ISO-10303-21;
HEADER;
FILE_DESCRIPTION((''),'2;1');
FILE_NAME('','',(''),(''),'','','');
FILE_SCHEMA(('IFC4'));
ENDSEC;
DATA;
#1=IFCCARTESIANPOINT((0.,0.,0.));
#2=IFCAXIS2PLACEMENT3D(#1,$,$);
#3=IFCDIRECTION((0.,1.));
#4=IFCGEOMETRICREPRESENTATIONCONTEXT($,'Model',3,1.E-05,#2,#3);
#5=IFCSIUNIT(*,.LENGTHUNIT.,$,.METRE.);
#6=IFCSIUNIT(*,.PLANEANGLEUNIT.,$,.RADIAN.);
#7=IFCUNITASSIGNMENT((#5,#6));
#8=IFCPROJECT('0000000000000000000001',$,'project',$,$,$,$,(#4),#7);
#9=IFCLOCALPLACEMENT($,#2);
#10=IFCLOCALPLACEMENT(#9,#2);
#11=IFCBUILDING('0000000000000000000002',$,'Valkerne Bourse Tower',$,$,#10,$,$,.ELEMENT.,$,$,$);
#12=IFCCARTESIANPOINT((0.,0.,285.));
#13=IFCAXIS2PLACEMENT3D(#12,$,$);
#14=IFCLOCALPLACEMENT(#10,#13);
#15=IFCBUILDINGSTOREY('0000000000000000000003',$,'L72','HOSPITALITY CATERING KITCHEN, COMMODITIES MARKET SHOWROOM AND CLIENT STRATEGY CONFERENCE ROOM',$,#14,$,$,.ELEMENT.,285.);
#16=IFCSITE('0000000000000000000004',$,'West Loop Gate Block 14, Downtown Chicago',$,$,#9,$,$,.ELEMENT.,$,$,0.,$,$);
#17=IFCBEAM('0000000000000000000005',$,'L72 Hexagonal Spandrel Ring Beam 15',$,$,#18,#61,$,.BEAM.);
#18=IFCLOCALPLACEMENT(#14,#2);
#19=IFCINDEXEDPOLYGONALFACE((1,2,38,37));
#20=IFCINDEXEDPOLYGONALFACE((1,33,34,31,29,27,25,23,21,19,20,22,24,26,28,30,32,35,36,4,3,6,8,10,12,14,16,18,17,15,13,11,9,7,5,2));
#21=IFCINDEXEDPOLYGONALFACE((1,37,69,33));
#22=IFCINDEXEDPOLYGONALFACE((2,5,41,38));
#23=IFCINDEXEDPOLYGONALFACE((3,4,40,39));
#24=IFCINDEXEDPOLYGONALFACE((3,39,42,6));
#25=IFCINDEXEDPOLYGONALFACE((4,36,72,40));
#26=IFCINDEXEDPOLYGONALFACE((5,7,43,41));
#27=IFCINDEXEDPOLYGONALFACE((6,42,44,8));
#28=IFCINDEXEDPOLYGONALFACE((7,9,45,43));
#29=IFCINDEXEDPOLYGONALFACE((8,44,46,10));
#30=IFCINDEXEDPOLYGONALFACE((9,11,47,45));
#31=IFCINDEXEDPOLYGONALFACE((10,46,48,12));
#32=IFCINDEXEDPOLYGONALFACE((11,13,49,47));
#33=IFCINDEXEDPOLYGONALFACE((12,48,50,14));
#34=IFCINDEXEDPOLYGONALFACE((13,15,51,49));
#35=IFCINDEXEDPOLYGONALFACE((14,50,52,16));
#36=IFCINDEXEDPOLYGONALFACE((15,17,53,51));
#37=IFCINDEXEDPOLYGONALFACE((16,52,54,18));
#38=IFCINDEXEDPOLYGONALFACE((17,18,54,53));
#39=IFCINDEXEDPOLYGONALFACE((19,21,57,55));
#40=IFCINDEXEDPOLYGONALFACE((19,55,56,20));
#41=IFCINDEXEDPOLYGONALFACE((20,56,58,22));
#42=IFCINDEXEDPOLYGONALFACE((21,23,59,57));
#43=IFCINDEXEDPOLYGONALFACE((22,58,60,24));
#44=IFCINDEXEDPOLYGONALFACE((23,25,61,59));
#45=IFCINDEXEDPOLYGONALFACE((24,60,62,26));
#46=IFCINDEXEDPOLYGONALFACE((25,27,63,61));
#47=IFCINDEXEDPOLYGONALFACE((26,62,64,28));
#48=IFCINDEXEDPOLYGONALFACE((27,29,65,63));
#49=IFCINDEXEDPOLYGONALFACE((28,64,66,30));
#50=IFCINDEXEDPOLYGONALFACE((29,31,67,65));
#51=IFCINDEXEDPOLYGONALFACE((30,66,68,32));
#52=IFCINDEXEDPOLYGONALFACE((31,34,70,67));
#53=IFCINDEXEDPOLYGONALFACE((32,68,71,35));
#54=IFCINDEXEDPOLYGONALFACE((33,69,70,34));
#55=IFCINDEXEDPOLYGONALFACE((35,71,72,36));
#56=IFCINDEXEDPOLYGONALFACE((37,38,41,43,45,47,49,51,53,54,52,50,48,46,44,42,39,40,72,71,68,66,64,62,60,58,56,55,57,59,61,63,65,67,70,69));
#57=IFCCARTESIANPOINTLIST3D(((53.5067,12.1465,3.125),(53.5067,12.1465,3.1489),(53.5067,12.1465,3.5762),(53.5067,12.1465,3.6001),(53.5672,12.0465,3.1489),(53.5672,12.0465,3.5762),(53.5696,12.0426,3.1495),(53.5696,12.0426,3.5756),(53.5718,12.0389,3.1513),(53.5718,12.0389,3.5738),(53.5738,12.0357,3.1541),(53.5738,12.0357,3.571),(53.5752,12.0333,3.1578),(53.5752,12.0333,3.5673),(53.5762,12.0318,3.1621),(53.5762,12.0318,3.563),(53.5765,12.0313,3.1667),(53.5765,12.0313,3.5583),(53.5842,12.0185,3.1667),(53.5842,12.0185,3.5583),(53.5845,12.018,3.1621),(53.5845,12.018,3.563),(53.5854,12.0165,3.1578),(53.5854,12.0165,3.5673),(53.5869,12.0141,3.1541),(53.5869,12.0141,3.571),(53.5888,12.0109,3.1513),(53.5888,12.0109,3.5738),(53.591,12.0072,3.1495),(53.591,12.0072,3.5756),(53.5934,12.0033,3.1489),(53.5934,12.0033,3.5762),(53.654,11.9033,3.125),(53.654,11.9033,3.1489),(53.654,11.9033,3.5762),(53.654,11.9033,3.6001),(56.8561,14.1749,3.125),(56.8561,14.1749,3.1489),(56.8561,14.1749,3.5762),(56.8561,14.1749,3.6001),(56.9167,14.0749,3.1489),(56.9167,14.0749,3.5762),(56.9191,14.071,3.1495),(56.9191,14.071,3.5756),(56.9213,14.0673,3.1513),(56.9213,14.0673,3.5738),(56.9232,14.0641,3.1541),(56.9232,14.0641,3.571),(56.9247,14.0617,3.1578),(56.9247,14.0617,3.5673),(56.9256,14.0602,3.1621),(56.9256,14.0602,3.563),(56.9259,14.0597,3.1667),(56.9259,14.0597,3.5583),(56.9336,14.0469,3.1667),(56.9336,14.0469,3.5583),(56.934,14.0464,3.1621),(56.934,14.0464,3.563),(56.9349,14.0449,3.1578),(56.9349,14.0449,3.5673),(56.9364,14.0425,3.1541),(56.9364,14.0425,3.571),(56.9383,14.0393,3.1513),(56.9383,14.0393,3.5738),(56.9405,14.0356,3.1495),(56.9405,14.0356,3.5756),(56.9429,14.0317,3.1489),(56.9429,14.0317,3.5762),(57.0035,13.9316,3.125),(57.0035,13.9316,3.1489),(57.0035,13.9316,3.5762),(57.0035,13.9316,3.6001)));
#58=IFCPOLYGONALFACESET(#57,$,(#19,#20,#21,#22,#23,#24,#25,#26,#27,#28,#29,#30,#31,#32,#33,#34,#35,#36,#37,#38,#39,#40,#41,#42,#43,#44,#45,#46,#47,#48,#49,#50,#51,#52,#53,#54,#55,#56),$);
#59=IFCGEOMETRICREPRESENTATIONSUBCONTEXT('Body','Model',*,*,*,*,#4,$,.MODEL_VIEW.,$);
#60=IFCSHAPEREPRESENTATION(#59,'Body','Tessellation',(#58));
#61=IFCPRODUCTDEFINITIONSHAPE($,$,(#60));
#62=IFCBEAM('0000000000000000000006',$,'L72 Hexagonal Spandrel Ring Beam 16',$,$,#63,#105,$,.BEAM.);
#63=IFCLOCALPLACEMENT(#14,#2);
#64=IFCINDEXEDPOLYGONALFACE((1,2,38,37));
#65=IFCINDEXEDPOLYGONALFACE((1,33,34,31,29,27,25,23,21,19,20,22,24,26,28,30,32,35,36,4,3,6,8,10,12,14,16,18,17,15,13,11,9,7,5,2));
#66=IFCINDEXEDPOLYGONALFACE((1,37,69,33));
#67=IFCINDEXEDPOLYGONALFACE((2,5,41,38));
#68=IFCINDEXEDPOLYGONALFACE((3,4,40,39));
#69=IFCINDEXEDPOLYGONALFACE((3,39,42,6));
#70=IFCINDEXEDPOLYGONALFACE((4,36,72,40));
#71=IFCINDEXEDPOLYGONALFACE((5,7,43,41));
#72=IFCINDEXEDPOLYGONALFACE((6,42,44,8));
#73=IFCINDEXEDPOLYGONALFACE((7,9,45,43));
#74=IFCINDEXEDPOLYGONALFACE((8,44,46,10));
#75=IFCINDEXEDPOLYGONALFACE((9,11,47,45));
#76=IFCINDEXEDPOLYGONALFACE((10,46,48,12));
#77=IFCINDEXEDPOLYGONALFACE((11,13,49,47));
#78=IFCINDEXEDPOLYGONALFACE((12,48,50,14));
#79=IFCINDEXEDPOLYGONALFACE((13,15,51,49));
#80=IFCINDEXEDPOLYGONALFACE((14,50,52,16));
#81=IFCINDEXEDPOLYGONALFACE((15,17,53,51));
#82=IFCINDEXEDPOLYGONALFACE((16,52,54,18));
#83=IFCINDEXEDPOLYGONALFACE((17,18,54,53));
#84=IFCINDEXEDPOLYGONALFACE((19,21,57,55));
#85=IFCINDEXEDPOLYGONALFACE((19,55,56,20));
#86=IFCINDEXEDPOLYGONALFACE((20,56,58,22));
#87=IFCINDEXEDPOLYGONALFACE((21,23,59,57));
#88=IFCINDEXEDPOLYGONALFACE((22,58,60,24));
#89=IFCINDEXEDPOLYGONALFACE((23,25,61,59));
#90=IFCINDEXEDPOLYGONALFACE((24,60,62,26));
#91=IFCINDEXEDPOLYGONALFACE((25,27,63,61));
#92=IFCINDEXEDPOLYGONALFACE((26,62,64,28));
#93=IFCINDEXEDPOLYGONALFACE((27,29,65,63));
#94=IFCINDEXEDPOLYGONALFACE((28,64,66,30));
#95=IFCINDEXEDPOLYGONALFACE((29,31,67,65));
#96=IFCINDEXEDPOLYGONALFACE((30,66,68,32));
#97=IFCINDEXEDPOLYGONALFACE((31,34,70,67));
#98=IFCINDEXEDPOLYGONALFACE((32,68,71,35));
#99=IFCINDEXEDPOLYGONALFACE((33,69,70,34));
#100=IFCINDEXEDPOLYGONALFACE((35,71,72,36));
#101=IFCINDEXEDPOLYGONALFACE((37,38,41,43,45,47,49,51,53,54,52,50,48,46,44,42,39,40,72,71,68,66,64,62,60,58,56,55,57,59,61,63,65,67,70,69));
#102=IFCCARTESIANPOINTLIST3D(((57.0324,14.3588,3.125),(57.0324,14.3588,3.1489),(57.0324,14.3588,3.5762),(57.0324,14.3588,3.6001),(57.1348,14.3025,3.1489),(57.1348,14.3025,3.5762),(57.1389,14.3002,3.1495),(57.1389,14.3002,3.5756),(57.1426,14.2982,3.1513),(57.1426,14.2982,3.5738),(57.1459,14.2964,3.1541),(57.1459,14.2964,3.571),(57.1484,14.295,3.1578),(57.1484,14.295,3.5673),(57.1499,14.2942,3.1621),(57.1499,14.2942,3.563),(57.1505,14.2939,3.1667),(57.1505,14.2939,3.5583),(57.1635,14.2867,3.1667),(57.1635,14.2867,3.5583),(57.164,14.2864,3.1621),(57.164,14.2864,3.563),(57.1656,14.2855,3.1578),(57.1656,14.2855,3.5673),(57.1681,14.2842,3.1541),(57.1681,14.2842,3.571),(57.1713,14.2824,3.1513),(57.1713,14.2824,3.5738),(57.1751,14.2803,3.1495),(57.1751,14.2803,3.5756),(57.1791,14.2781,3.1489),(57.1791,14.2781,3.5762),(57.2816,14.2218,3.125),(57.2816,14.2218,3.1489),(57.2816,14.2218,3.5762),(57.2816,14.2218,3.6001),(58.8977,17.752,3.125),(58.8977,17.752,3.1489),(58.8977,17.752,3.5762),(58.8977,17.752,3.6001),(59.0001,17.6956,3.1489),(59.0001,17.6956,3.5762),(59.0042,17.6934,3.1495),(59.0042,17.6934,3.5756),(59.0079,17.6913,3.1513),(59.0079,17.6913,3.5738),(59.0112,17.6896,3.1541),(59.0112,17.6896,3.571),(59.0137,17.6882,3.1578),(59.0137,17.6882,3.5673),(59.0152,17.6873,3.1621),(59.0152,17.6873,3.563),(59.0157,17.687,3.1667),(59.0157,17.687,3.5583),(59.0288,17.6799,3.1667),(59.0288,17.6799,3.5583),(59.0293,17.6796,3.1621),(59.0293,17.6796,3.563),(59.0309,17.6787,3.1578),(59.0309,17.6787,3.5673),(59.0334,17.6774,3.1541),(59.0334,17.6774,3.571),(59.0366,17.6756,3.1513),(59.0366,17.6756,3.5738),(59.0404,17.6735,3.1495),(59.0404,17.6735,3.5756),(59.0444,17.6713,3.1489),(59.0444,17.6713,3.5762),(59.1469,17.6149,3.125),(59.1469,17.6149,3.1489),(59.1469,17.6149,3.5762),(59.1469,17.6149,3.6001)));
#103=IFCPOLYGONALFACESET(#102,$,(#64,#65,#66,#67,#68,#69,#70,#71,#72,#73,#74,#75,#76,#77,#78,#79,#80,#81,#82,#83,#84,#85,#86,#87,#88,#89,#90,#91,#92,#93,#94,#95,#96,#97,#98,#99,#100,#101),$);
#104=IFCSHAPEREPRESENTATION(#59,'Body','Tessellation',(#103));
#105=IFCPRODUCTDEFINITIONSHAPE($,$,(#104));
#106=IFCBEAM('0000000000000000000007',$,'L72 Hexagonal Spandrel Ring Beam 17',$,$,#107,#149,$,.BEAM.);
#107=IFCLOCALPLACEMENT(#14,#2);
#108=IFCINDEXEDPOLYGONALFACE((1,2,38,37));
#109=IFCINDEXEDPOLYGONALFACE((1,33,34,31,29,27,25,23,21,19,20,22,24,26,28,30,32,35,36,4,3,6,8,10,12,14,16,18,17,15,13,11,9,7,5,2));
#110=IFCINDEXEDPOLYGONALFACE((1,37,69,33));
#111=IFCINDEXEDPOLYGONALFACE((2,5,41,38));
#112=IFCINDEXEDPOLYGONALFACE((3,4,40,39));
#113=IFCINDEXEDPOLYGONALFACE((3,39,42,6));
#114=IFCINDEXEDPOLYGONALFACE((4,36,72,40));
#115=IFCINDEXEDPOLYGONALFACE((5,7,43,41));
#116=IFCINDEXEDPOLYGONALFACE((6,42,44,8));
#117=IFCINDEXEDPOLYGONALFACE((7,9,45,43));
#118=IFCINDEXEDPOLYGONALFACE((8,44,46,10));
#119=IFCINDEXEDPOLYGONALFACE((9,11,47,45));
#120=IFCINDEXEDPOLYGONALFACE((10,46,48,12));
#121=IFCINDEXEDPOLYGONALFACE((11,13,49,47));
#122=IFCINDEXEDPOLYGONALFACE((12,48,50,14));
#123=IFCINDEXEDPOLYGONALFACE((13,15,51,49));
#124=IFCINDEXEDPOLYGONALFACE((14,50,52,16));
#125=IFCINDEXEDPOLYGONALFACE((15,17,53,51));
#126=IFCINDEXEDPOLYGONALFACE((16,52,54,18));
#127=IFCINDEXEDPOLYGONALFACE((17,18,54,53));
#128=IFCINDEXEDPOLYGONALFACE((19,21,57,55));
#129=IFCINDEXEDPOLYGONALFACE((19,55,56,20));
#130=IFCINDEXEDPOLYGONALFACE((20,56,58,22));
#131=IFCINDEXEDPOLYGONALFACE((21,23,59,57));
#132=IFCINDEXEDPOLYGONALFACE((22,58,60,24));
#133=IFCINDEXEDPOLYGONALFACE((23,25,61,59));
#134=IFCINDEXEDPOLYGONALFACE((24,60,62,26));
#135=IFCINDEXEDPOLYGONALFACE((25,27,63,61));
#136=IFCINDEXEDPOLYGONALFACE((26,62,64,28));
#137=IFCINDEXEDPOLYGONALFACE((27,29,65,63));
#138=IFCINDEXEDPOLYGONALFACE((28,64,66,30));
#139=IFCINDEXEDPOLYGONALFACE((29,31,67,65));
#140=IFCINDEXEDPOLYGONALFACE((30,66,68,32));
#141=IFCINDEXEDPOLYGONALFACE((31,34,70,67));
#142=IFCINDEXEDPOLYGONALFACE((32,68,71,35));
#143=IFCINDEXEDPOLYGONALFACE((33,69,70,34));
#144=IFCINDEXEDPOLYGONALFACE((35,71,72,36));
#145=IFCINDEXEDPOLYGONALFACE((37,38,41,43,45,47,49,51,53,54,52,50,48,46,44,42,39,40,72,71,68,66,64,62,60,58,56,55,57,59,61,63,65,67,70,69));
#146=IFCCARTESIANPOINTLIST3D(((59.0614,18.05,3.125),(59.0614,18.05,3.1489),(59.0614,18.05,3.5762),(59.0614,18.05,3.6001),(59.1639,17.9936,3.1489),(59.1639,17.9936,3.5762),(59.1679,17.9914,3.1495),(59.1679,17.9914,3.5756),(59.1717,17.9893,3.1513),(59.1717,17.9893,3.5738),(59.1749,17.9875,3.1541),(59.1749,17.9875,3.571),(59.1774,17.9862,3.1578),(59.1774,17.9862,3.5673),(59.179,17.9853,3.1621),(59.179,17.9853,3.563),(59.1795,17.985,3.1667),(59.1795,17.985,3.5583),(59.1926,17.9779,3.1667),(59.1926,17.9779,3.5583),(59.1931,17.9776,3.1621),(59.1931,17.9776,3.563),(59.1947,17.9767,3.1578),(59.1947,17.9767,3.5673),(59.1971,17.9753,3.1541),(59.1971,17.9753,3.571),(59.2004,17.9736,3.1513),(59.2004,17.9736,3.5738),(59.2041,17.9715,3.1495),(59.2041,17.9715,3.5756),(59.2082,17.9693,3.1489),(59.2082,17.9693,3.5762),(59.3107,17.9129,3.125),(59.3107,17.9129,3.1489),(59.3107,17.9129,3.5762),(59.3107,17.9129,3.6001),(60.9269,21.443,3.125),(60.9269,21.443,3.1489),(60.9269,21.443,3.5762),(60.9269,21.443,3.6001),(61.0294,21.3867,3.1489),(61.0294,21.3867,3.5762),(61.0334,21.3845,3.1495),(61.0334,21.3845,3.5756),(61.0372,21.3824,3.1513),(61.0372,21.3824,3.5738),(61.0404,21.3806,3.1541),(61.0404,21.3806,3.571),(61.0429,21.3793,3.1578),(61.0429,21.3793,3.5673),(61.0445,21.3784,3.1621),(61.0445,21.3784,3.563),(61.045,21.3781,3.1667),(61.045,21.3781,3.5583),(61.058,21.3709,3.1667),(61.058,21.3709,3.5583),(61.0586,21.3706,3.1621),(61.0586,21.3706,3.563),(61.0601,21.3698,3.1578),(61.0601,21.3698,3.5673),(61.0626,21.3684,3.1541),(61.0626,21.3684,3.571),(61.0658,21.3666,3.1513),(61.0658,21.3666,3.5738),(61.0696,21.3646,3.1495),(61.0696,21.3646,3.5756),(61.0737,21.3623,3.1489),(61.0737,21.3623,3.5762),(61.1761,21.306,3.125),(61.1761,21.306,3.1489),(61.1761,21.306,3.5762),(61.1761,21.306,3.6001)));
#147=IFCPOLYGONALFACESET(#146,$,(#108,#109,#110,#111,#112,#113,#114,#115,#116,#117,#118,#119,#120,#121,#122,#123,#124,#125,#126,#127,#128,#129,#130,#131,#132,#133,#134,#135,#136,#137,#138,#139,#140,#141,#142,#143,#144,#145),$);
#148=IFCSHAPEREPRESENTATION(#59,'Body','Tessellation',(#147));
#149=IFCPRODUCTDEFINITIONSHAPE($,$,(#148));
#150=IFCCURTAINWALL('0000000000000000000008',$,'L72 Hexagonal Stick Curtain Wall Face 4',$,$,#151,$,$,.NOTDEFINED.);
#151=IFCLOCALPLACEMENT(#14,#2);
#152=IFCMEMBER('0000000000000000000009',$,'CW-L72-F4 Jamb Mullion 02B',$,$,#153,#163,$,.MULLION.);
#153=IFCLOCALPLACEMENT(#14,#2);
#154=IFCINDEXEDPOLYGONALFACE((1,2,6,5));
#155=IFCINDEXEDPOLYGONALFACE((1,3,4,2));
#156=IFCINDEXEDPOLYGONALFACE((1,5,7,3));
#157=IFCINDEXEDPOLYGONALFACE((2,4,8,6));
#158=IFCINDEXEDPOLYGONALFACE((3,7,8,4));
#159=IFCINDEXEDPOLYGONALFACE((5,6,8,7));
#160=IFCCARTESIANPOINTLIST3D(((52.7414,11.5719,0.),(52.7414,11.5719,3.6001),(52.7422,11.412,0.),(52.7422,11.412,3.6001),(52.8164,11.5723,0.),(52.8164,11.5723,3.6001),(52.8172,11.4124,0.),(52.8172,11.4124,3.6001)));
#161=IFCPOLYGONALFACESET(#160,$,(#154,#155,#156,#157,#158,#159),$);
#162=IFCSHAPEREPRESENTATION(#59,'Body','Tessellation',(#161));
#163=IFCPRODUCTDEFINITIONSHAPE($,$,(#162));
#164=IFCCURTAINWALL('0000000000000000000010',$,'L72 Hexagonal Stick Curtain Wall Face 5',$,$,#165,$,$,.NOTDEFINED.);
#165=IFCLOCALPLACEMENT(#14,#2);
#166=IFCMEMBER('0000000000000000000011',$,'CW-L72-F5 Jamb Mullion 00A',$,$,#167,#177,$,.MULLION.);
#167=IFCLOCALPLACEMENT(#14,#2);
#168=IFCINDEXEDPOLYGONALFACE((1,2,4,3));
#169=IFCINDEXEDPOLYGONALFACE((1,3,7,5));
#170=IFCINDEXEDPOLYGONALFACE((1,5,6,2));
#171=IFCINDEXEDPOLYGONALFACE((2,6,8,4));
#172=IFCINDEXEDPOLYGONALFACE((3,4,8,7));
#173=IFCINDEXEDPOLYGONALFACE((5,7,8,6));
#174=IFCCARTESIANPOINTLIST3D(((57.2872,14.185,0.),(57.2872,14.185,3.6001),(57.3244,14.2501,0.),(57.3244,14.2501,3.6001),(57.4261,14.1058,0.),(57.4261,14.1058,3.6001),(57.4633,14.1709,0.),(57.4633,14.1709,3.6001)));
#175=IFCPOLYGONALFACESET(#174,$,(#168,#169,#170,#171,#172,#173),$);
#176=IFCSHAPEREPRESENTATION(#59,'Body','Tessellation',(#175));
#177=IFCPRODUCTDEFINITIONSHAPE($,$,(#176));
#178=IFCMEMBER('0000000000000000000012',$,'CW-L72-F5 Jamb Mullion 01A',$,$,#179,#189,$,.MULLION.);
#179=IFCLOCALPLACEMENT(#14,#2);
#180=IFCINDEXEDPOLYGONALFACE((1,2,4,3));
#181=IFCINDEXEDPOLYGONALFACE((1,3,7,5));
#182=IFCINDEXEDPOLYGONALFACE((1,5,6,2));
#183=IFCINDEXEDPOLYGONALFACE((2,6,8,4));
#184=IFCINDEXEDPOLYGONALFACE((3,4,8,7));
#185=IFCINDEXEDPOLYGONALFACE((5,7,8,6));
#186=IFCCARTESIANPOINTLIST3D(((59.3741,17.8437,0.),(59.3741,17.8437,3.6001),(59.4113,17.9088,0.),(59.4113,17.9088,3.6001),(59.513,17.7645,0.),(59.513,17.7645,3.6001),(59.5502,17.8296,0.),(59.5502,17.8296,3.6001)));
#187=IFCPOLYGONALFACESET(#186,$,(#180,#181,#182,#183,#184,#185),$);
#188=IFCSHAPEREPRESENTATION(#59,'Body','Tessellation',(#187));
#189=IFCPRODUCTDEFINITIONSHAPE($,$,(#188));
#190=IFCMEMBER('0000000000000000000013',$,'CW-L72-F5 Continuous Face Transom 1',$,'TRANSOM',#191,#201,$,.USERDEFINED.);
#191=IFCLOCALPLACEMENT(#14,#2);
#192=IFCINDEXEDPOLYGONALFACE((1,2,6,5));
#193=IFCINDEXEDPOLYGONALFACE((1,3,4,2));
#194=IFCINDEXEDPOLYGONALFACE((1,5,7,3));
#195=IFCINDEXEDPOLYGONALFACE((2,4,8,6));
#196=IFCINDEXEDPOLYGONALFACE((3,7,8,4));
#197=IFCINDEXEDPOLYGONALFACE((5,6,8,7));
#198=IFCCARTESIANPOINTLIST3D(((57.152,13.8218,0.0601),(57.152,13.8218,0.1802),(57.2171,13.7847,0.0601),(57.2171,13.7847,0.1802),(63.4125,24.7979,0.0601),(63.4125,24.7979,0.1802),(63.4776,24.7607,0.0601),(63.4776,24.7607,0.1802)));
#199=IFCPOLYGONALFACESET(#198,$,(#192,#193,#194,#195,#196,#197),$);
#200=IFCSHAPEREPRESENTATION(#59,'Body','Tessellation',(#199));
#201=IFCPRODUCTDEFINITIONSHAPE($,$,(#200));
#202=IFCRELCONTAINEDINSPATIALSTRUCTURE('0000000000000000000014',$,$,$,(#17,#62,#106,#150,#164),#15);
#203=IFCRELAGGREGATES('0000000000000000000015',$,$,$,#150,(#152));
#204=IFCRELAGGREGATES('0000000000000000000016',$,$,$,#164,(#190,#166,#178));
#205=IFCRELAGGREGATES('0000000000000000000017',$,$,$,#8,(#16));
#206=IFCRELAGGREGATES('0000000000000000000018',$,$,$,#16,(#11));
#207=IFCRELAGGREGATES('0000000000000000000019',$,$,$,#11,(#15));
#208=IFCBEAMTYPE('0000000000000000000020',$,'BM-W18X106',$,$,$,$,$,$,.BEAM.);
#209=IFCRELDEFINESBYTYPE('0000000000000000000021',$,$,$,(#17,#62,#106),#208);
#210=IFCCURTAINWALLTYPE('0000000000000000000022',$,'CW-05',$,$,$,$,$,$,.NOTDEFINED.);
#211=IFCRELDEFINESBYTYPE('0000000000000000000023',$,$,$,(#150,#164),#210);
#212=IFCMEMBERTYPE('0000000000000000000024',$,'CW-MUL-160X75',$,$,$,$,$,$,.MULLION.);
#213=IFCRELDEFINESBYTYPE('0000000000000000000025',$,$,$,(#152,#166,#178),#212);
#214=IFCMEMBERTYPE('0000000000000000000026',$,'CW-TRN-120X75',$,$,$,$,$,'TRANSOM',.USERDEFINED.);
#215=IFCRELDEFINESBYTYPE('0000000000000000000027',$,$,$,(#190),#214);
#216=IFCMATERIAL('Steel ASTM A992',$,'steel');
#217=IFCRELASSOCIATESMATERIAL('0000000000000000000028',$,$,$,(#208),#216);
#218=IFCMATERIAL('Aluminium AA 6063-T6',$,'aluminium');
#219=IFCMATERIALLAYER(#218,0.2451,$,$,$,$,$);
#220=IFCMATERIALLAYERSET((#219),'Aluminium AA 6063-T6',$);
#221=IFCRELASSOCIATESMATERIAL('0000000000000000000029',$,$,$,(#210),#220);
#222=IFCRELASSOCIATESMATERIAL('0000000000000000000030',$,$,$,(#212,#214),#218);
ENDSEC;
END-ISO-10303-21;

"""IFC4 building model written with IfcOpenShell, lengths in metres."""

from ifc_helpers import new_model, si_unit, direction, frame, origin, origin_2d, place, context, subcontext, project, spatial, rectangle, i_section, extrude, material, layer, layer_set, material_profile, profile_set, type_object, element, aggregate, save


model = new_model("IFC4")

# Units and contexts
model_context = context("Model", 3, precision=1e-05, world=origin(), true_north=direction((0.0, 1.0)))
body_context = subcontext(model_context, "Body", "Model", "MODEL_VIEW")
ifc_project = project(units=[si_unit("LENGTHUNIT", "METRE"), si_unit("PLANEANGLEUNIT", "RADIAN")], contexts=[model_context])

# Site, building, storey
site_placement = place(None, origin())
site = spatial("IfcSite", under=ifc_project, at=site_placement, Name="West Loop Gate Block 14, Downtown Chicago", CompositionType="ELEMENT", RefElevation=0.0)
building_placement = place(site_placement, origin())
building = spatial("IfcBuilding", under=site, at=building_placement, Name="Valkerne Bourse Tower", CompositionType="ELEMENT")
storey_placement = place(building_placement, frame((0.0, 0.0, 285.0)))
storey = spatial("IfcBuildingStorey", under=building, at=storey_placement, Name="L72", Description="HOSPITALITY CATERING KITCHEN, COMMODITIES MARKET SHOWROOM AND CLIENT STRATEGY CONFERENCE ROOM", CompositionType="ELEMENT", Elevation=285.0)

# Beams
ifc_material_1 = material(Name="Steel ASTM A992", Category="steel")
ifc_material_profile_1 = material_profile(ifc_material_1, i_section(OverallWidth=0.2844, OverallDepth=0.4751, WebThickness=0.0149, FlangeThickness=0.0239, FilletRadius=0.0178, at=origin_2d()), Name="W18X106")
ifc_profile_set_1 = profile_set([ifc_material_profile_1], Name="Steel ASTM A992")
beam_type = type_object("IfcBeamType", Name="BM-W18X106", PredefinedType="BEAM", material=ifc_profile_set_1)
beam_placement = place(storey_placement, frame((53.5803, 12.0249, 3.3625), z_axis=(0.855379, 0.518003, 0.0), x_axis=(-0.518003, 0.855379, 0.0)))
element("IfcBeam", 1, at=beam_placement, inside=storey, type_object=beam_type, Name="L72 Hexagonal Spandrel Ring Beam 15", PredefinedType="BEAM", context=body_context, shape_type="SweptSolid", body=[
    extrude(i_section(OverallWidth=0.2844, OverallDepth=0.4751, WebThickness=0.0149, FlangeThickness=0.0239, FilletRadius=0.0178, at=origin_2d()), origin(), (0.0, 0.0, 1.0), 3.9158),
])
for number, where, z_axis, x_axis, name in (
    (2, (57.157, 14.2903, 3.3625), (0.48173, 0.87632, 0.0), (-0.87632, 0.48173, 0.0), "L72 Hexagonal Spandrel Ring Beam 16"),
    (3, (59.186, 17.9814, 3.3625), (0.481778, 0.876293, 0.0), (-0.876293, 0.481778, 0.0), "L72 Hexagonal Spandrel Ring Beam 17"),
):
    element("IfcBeam", number, at=place(storey_placement, frame(where, z_axis=z_axis, x_axis=x_axis)), inside=storey, type_object=beam_type, Name=name, PredefinedType="BEAM", context=body_context, shape_type="SweptSolid", body=[
        extrude(i_section(OverallWidth=0.2844, OverallDepth=0.4751, WebThickness=0.0149, FlangeThickness=0.0239, FilletRadius=0.0178, at=origin_2d()), origin(), (0.0, 0.0, 1.0), 3.8721),
    ])

# Curtain wall, member
ifc_material_2 = material(Name="Aluminium AA 6063-T6", Category="aluminium")
ifc_layer_1 = layer(ifc_material_2, 0.2451)
ifc_layer_set_1 = layer_set([ifc_layer_1], Name="Aluminium AA 6063-T6")
curtain_wall_type = type_object("IfcCurtainWallType", Name="CW-05", PredefinedType="NOTDEFINED", material=ifc_layer_set_1)
curtain_wall_1_placement = place(storey_placement, origin())
curtain_wall_1 = element("IfcCurtainWall", 4, at=curtain_wall_1_placement, inside=storey, type_object=curtain_wall_type, Name="L72 Hexagonal Stick Curtain Wall Face 4", PredefinedType="NOTDEFINED")
ifc_material_profile_2 = material_profile(ifc_material_2, rectangle(XDim=0.075, YDim=0.1599, at=origin_2d()), Name="CWM-75X160")
ifc_profile_set_2 = profile_set([ifc_material_profile_2], Name="Aluminium AA 6063-T6")
member_type_1 = type_object("IfcMemberType", Name="CW-MUL-160X75", PredefinedType="MULLION", material=ifc_profile_set_2)
member_1_placement = place(storey_placement, frame((52.7793, 11.4922, 0.0), z_axis=(0.0, 0.0, 1.0), x_axis=(0.999986, 0.005223, 0.0)))
member_1 = element("IfcMember", 5, at=member_1_placement, type_object=member_type_1, Name="CW-L72-F4 Jamb Mullion 02B", PredefinedType="MULLION", context=body_context, shape_type="SweptSolid", body=[
    extrude(rectangle(XDim=0.075, YDim=0.1599, at=origin_2d()), origin(), (0.0, 0.0, 1.0), 3.6001),
])
aggregate(curtain_wall_1, [member_1])

# Curtain wall, members
curtain_wall_2_placement = place(storey_placement, origin())
curtain_wall_2 = element("IfcCurtainWall", 6, at=curtain_wall_2_placement, inside=storey, type_object=curtain_wall_type, Name="L72 Hexagonal Stick Curtain Wall Face 5", PredefinedType="NOTDEFINED")
member_2_placement = place(storey_placement, frame((57.3752, 14.178, 0.0), z_axis=(0.0, 0.0, 1.0), x_axis=(0.495461, 0.86863, 0.0)))
member_2 = element("IfcMember", 7, at=member_2_placement, type_object=member_type_1, Name="CW-L72-F5 Jamb Mullion 00A", PredefinedType="MULLION", context=body_context, shape_type="SweptSolid", body=[
    extrude(rectangle(XDim=0.075, YDim=0.1599, at=origin_2d()), origin(), (0.0, 0.0, 1.0), 3.6001),
])
member_3_placement = place(storey_placement, frame((59.4622, 17.8367, 0.0), z_axis=(0.0, 0.0, 1.0), x_axis=(0.495443, 0.86864, 0.0)))
member_3 = element("IfcMember", 8, at=member_3_placement, type_object=member_type_1, Name="CW-L72-F5 Jamb Mullion 01A", PredefinedType="MULLION", context=body_context, shape_type="SweptSolid", body=[
    extrude(rectangle(XDim=0.075, YDim=0.1599, at=origin_2d()), origin(), (0.0, 0.0, 1.0), 3.6001),
])
ifc_material_profile_3 = material_profile(ifc_material_2, rectangle(XDim=0.075, YDim=0.1201, at=origin_2d()), Name="CWT-75X120")
ifc_profile_set_3 = profile_set([ifc_material_profile_3], Name="Aluminium AA 6063-T6")
member_type_2 = type_object("IfcMemberType", Name="CW-TRN-120X75", ElementType="TRANSOM", PredefinedType="USERDEFINED", material=ifc_profile_set_3)
member_4_placement = place(storey_placement, frame((57.1846, 13.8032, 0.1201), z_axis=(0.49545, 0.868636, 0.0), x_axis=(-0.868636, 0.49545, 0.0)))
member_4 = element("IfcMember", 9, at=member_4_placement, type_object=member_type_2, Name="CW-L72-F5 Continuous Face Transom 1", ObjectType="TRANSOM", PredefinedType="USERDEFINED", context=body_context, shape_type="SweptSolid", body=[
    extrude(rectangle(XDim=0.075, YDim=0.1201, at=origin_2d()), origin(), (0.0, 0.0, 1.0), 12.636),
])

aggregate(curtain_wall_2, [member_4, member_2, member_3])

save(model, "model.ifc")
